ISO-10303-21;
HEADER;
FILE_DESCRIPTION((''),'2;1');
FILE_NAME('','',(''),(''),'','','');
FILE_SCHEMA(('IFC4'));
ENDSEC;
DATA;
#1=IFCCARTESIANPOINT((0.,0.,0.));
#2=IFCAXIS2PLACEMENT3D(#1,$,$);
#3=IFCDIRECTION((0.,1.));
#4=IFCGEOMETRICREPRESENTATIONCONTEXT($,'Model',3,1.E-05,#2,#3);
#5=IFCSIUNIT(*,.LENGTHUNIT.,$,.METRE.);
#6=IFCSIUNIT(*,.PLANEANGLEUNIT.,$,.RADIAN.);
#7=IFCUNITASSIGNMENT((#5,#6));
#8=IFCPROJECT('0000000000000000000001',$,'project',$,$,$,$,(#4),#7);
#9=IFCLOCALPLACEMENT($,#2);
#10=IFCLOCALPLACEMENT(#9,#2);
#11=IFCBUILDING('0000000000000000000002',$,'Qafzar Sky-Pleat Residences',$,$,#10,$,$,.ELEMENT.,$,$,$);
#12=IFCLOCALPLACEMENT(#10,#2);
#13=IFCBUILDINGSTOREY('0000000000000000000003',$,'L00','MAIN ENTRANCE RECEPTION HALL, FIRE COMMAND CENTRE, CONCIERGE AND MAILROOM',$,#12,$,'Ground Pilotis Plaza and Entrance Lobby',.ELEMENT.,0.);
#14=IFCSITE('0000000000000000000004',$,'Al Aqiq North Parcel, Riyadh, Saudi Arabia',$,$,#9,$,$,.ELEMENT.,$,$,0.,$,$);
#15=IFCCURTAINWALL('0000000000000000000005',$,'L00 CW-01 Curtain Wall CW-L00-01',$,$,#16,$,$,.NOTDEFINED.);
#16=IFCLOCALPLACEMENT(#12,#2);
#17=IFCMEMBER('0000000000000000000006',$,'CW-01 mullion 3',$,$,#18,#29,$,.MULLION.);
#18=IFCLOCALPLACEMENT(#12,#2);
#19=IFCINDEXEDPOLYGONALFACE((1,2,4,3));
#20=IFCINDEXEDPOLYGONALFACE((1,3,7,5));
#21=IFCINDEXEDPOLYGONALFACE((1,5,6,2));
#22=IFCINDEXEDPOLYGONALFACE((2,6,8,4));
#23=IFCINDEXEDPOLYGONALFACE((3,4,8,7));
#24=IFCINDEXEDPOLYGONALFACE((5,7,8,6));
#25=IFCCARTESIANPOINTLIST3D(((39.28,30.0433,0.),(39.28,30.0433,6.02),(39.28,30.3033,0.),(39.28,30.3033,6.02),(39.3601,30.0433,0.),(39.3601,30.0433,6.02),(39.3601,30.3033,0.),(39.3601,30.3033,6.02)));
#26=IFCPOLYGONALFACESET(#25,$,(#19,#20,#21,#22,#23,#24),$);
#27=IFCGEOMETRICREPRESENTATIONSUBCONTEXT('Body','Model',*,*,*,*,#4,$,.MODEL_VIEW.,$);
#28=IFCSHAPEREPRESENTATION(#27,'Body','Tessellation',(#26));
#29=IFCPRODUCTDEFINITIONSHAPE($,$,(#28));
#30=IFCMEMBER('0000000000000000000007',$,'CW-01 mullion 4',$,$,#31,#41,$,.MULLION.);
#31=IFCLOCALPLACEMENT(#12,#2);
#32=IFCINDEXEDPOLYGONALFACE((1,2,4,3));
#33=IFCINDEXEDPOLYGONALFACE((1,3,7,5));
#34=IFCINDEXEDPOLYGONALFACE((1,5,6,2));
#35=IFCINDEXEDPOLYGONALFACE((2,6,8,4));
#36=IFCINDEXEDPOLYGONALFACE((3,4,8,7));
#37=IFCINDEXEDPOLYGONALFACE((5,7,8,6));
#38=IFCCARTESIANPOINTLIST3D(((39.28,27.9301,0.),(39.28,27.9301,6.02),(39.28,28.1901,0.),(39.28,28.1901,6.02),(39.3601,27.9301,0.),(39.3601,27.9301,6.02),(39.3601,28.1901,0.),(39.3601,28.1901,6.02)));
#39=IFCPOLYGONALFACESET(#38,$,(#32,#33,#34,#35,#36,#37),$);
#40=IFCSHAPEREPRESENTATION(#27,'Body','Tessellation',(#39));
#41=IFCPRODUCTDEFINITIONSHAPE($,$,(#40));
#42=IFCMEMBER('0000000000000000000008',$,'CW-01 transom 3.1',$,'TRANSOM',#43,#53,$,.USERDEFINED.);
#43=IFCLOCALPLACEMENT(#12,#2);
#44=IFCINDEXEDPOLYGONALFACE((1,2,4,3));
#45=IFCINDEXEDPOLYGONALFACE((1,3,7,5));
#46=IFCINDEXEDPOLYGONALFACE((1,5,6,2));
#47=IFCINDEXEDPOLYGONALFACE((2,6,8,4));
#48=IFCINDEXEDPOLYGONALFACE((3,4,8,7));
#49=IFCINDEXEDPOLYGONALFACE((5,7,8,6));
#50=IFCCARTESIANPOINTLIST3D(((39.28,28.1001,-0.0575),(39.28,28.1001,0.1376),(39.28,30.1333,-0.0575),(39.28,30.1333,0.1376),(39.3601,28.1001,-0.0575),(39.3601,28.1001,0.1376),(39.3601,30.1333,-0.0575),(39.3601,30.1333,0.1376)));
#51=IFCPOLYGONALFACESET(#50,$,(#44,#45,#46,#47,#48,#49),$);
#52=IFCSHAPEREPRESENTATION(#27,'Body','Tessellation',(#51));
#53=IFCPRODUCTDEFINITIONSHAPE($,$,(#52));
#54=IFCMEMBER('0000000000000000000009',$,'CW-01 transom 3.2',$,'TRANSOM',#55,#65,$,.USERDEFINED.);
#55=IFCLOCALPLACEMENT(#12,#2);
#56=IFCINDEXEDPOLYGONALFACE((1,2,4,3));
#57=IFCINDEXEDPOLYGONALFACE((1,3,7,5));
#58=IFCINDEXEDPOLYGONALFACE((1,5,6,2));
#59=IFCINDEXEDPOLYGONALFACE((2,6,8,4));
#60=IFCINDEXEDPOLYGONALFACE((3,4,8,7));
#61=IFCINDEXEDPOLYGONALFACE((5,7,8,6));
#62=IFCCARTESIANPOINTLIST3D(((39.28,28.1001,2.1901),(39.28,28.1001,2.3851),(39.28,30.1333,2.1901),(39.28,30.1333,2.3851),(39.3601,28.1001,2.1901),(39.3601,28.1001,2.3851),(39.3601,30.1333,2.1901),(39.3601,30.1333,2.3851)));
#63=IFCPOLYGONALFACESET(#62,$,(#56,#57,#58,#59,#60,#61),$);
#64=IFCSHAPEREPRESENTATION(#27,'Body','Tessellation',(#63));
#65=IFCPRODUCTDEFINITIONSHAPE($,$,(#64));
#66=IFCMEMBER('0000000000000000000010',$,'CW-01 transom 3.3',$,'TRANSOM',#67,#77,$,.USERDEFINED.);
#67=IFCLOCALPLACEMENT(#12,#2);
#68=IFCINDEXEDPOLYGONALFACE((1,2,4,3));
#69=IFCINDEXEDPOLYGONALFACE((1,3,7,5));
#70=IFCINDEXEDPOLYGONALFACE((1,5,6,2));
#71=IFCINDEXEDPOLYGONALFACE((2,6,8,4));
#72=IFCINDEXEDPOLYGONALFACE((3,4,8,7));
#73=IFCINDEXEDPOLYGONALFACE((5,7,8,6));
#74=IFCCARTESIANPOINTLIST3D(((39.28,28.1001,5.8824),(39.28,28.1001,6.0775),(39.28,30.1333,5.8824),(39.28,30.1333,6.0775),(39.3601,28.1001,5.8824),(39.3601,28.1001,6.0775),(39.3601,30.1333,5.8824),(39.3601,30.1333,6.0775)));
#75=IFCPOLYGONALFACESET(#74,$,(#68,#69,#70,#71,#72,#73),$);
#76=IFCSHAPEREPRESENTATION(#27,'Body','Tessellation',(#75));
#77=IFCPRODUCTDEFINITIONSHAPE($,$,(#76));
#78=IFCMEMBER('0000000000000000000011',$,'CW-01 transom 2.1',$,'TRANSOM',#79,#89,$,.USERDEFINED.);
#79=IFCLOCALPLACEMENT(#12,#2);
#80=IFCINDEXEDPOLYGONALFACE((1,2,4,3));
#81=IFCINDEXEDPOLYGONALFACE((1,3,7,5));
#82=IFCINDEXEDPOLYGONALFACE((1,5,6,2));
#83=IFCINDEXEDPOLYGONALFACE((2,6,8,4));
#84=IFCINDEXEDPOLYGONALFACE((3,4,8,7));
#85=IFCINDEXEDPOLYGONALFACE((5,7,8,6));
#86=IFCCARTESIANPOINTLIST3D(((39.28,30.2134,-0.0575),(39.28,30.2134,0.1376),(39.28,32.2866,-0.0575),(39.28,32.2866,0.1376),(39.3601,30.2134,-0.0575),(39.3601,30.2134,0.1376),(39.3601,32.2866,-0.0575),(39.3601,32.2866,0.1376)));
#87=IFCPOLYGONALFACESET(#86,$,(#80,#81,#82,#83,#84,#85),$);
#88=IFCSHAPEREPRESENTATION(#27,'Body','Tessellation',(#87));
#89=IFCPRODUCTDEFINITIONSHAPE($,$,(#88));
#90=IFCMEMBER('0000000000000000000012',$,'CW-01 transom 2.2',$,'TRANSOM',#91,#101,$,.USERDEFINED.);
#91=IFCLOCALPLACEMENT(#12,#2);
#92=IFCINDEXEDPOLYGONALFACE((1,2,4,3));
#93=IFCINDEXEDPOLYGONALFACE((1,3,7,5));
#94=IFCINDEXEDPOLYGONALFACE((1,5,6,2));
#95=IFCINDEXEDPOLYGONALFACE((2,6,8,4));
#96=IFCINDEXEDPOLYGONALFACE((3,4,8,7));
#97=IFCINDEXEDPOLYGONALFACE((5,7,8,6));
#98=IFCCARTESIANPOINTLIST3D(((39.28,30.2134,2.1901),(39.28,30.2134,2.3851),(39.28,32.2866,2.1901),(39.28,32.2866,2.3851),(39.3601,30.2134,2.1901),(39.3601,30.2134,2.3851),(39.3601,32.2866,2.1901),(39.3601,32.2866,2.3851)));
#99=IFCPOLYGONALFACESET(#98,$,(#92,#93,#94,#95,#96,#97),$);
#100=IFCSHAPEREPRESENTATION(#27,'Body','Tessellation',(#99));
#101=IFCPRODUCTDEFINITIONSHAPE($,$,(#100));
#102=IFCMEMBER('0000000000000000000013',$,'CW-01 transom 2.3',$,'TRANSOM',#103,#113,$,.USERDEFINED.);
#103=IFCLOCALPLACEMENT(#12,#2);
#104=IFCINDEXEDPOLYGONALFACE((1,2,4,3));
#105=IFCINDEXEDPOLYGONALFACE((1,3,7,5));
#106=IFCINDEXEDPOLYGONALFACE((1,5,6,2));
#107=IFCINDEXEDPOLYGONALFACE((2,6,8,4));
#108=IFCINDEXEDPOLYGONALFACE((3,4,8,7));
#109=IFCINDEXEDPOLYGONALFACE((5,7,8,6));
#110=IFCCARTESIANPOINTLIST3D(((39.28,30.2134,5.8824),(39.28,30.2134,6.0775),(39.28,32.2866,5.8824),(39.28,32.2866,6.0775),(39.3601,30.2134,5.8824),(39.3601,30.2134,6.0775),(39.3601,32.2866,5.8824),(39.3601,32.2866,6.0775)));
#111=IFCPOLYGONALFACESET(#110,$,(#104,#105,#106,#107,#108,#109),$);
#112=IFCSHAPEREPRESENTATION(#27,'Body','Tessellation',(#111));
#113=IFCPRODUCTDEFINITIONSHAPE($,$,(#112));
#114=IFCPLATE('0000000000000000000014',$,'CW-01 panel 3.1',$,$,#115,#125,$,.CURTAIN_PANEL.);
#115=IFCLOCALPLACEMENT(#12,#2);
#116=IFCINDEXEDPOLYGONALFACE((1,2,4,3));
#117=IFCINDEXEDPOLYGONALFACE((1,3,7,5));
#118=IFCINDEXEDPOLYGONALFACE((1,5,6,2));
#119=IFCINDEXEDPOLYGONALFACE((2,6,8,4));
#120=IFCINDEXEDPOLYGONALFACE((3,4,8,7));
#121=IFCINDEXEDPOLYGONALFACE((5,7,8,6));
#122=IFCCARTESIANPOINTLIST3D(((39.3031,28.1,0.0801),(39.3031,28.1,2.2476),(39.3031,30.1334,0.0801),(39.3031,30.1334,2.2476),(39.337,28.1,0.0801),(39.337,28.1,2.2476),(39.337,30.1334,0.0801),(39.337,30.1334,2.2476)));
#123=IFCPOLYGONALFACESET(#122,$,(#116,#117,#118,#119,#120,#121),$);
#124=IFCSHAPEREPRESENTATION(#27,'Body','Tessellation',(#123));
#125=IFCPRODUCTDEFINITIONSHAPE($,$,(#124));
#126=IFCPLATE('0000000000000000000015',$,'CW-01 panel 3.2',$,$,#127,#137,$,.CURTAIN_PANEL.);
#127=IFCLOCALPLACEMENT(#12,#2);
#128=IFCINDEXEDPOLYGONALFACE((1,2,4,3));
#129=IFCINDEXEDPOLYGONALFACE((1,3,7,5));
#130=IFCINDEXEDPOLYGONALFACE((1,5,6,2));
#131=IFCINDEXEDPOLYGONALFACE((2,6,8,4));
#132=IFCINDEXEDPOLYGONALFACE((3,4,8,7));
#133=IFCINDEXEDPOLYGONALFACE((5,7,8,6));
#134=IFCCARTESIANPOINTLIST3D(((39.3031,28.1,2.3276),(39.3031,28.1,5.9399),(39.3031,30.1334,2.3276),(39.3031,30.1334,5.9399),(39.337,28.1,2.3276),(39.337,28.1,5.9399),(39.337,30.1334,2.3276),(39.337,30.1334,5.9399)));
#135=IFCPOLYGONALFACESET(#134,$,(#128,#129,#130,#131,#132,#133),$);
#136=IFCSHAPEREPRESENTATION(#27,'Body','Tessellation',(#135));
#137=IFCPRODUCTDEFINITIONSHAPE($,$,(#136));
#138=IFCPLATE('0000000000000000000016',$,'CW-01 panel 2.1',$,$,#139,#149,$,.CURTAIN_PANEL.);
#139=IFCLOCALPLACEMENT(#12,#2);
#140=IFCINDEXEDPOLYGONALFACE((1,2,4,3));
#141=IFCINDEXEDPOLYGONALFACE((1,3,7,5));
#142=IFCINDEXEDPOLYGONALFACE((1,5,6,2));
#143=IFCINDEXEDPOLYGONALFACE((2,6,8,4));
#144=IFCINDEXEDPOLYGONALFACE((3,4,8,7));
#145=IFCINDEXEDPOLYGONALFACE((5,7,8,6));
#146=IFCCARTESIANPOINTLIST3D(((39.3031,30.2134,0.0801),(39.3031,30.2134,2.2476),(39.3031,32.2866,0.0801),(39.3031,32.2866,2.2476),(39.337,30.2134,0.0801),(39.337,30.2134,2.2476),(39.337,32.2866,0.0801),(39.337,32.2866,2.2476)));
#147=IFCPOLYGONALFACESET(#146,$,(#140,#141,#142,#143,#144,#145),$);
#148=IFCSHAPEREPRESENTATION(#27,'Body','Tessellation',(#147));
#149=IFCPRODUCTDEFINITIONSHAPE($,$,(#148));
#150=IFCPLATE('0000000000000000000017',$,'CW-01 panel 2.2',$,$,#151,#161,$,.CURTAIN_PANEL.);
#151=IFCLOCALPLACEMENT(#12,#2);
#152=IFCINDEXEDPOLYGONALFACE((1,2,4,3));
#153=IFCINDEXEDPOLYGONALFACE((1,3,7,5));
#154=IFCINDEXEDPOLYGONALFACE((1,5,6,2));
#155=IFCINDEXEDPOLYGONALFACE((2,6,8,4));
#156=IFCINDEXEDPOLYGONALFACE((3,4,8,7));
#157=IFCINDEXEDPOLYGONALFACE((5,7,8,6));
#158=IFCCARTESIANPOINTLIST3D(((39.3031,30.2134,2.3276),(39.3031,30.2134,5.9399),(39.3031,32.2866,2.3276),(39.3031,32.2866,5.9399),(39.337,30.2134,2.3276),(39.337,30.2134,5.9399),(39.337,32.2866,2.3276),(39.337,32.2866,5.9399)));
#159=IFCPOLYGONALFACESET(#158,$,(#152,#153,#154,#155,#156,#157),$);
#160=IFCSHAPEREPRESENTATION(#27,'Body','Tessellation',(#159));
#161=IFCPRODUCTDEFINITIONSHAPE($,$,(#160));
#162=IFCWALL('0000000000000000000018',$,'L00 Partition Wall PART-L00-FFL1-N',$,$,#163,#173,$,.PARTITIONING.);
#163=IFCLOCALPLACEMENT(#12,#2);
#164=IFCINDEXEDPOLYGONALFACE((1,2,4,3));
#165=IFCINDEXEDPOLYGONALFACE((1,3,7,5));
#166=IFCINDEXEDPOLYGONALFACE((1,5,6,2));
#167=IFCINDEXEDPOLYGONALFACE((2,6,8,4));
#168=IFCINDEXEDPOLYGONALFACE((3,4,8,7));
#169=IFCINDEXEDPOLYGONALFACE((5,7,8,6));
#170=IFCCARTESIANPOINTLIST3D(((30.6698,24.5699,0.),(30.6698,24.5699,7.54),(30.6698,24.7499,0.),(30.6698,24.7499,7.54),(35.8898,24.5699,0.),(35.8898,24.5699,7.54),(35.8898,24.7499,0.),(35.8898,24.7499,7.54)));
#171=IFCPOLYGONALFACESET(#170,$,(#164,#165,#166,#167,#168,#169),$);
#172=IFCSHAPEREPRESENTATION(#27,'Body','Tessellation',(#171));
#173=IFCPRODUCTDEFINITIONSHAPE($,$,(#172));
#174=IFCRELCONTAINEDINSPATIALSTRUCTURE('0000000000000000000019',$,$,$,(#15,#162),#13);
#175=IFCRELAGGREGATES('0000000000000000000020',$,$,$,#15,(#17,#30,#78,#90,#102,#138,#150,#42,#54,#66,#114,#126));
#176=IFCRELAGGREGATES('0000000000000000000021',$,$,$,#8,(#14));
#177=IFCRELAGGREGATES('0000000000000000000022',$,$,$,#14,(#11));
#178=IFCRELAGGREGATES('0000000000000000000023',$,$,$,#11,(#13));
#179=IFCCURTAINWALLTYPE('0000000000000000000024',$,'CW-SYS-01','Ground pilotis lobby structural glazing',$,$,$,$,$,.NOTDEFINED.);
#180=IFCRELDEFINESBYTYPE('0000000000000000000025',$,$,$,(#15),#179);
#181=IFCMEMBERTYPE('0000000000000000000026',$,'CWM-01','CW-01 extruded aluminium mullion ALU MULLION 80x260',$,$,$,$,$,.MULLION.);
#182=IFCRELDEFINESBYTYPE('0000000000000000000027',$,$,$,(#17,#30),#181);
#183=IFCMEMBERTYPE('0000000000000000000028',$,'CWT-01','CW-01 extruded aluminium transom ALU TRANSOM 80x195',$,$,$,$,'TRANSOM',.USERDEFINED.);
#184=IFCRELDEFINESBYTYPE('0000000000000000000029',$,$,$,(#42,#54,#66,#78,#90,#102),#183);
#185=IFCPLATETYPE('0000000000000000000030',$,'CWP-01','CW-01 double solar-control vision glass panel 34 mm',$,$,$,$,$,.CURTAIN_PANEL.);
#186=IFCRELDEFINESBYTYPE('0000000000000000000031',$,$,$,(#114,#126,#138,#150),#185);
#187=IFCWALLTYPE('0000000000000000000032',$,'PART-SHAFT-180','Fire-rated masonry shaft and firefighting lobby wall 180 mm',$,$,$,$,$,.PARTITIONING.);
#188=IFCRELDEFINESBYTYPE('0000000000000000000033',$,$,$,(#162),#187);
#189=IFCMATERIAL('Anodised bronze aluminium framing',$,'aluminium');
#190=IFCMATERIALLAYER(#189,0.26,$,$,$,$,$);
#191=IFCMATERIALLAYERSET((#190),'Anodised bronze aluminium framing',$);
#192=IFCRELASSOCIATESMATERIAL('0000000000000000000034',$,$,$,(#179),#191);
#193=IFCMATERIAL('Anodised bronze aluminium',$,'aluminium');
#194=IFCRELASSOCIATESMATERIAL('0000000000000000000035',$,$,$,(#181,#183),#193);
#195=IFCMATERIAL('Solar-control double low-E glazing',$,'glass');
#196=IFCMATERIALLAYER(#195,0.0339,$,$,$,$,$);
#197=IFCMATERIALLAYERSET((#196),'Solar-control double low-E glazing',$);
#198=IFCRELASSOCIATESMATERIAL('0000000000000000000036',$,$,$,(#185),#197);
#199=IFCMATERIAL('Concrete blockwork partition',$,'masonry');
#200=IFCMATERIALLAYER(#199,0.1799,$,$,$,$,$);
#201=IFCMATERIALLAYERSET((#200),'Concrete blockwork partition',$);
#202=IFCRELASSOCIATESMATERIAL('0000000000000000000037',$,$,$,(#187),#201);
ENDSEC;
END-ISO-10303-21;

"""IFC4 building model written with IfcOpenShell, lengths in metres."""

from ifc_helpers import new_model, si_unit, direction, frame, frame_2d, origin, origin_2d, place, context, subcontext, project, spatial, rectangle, extrude, source, transform, mapped, material, layer, layer_set, material_profile, profile_set, type_object, element, aggregate, save


model = new_model("IFC4")

# Units and contexts
model_context = context("Model", 3, precision=1e-05, world=origin(), true_north=direction((0.0, 1.0)))
body_context = subcontext(model_context, "Body", "Model", "MODEL_VIEW")
ifc_project = project(units=[si_unit("LENGTHUNIT", "METRE"), si_unit("PLANEANGLEUNIT", "RADIAN")], contexts=[model_context])

# Site, building, storey
site_placement = place(None, origin())
site = spatial("IfcSite", under=ifc_project, at=site_placement, Name="Al Aqiq North Parcel, Riyadh, Saudi Arabia", CompositionType="ELEMENT", RefElevation=0.0)
building_placement = place(site_placement, origin())
building = spatial("IfcBuilding", under=site, at=building_placement, Name="Qafzar Sky-Pleat Residences", CompositionType="ELEMENT")
storey_placement = place(building_placement, origin())
storey = spatial("IfcBuildingStorey", under=building, at=storey_placement, Name="L00", Description="MAIN ENTRANCE RECEPTION HALL, FIRE COMMAND CENTRE, CONCIERGE AND MAILROOM", LongName="Ground Pilotis Plaza and Entrance Lobby", CompositionType="ELEMENT", Elevation=0.0)

# Curtain wall, members, plates
ifc_material_1 = material(Name="Anodised bronze aluminium framing", Category="aluminium")
ifc_layer_1 = layer(ifc_material_1, 0.26)
ifc_layer_set_1 = layer_set([ifc_layer_1], Name="Anodised bronze aluminium framing")
curtain_wall_type = type_object("IfcCurtainWallType", Name="CW-SYS-01", Description="Ground pilotis lobby structural glazing", PredefinedType="NOTDEFINED", material=ifc_layer_set_1)
curtain_wall_placement = place(storey_placement, origin())
curtain_wall = element("IfcCurtainWall", 1, at=curtain_wall_placement, inside=storey, type_object=curtain_wall_type, Name="L00 CW-01 Curtain Wall CW-L00-01", PredefinedType="NOTDEFINED")
ifc_material_2 = material(Name="Anodised bronze aluminium", Category="aluminium")
ifc_material_profile_1 = material_profile(ifc_material_2, rectangle(XDim=0.0801, YDim=0.26, at=origin_2d()), Name="ALU MULLION 80x260")
ifc_profile_set_1 = profile_set([ifc_material_profile_1], Name="Anodised bronze aluminium")
member_type_1 = type_object("IfcMemberType", Name="CWM-01", Description="CW-01 extruded aluminium mullion ALU MULLION 80x260", PredefinedType="MULLION", material=ifc_profile_set_1)
shared_shape_1 = source(origin(), body_context, "Body", "SweptSolid", [
    extrude(rectangle(XDim=0.0801, YDim=0.26, at=origin_2d()), origin(), (0.0, 0.0, 1.0), 6.02),
])
member_1_placement = place(storey_placement, frame((39.3201, 30.1733, 0.0), z_axis=(0.0, 0.0, 1.0), x_axis=(1.0, 0.0, 0.0)))
member_1 = element("IfcMember", 2, at=member_1_placement, type_object=member_type_1, Name="CW-01 mullion 3", PredefinedType="MULLION", context=body_context, shape_type="MappedRepresentation", body=[
    mapped(shared_shape_1, transform((0.0, 0.0, 0.0), x_axis=(1.0, 0.0, 0.0), y_axis=(0.0, 1.0, 0.0), z_axis=(0.0, 0.0, 1.0), scale=1.0)),
])
member_2_placement = place(storey_placement, frame((39.3201, 28.0601, 0.0), z_axis=(0.0, 0.0, 1.0), x_axis=(1.0, 0.0, 0.0)))
member_2 = element("IfcMember", 3, at=member_2_placement, type_object=member_type_1, Name="CW-01 mullion 4", PredefinedType="MULLION", context=body_context, shape_type="MappedRepresentation", body=[
    mapped(shared_shape_1, transform((0.0, 0.0, 0.0), x_axis=(1.0, 0.0, 0.0), y_axis=(0.0, 1.0, 0.0), z_axis=(0.0, 0.0, 1.0), scale=1.0)),
])
ifc_material_profile_2 = material_profile(ifc_material_2, rectangle(XDim=0.0801, YDim=0.1951, at=origin_2d()), Name="ALU TRANSOM 80x195")
ifc_profile_set_2 = profile_set([ifc_material_profile_2], Name="Anodised bronze aluminium")
member_type_2 = type_object("IfcMemberType", Name="CWT-01", Description="CW-01 extruded aluminium transom ALU TRANSOM 80x195", ElementType="TRANSOM", PredefinedType="USERDEFINED", material=ifc_profile_set_2)
shared_shape_2 = source(origin(), body_context, "Body", "SweptSolid", [
    extrude(rectangle(XDim=0.0801, YDim=0.1951, at=origin_2d()), origin(), (0.0, 0.0, 1.0), 2.0332),
])
member_3_placement = place(storey_placement, frame((39.3201, 30.1333, 0.04), z_axis=(0.0, -1.0, 0.0), x_axis=(1.0, 0.0, 0.0)))
member_3 = element("IfcMember", 4, at=member_3_placement, type_object=member_type_2, Name="CW-01 transom 3.1", ObjectType="TRANSOM", PredefinedType="USERDEFINED", context=body_context, shape_type="MappedRepresentation", body=[
    mapped(shared_shape_2, transform((0.0, 0.0, 0.0), x_axis=(1.0, 0.0, 0.0), y_axis=(0.0, 1.0, 0.0), z_axis=(0.0, 0.0, 1.0), scale=1.0)),
])
member_4_placement = place(storey_placement, frame((39.3201, 30.1333, 2.2876), z_axis=(0.0, -1.0, 0.0), x_axis=(1.0, 0.0, 0.0)))
member_4 = element("IfcMember", 5, at=member_4_placement, type_object=member_type_2, Name="CW-01 transom 3.2", ObjectType="TRANSOM", PredefinedType="USERDEFINED", context=body_context, shape_type="MappedRepresentation", body=[
    mapped(shared_shape_2, transform((0.0, 0.0, 0.0), x_axis=(1.0, 0.0, 0.0), y_axis=(0.0, 1.0, 0.0), z_axis=(0.0, 0.0, 1.0), scale=1.0)),
])
member_5_placement = place(storey_placement, frame((39.3201, 30.1333, 5.98), z_axis=(0.0, -1.0, 0.0), x_axis=(1.0, 0.0, 0.0)))
member_5 = element("IfcMember", 6, at=member_5_placement, type_object=member_type_2, Name="CW-01 transom 3.3", ObjectType="TRANSOM", PredefinedType="USERDEFINED", context=body_context, shape_type="MappedRepresentation", body=[
    mapped(shared_shape_2, transform((0.0, 0.0, 0.0), x_axis=(1.0, 0.0, 0.0), y_axis=(0.0, 1.0, 0.0), z_axis=(0.0, 0.0, 1.0), scale=1.0)),
])
shared_shape_3 = source(origin(), body_context, "Body", "SweptSolid", [
    extrude(rectangle(XDim=0.0801, YDim=0.1951, at=origin_2d()), origin(), (0.0, 0.0, 1.0), 2.0732),
])
member_6_placement = place(storey_placement, frame((39.3201, 32.2866, 0.04), z_axis=(0.0, -1.0, 0.0), x_axis=(1.0, 0.0, 0.0)))
member_6 = element("IfcMember", 7, at=member_6_placement, type_object=member_type_2, Name="CW-01 transom 2.1", ObjectType="TRANSOM", PredefinedType="USERDEFINED", context=body_context, shape_type="MappedRepresentation", body=[
    mapped(shared_shape_3, transform((0.0, 0.0, 0.0), x_axis=(1.0, 0.0, 0.0), y_axis=(0.0, 1.0, 0.0), z_axis=(0.0, 0.0, 1.0), scale=1.0)),
])
member_7_placement = place(storey_placement, frame((39.3201, 32.2866, 2.2876), z_axis=(0.0, -1.0, 0.0), x_axis=(1.0, 0.0, 0.0)))
member_7 = element("IfcMember", 8, at=member_7_placement, type_object=member_type_2, Name="CW-01 transom 2.2", ObjectType="TRANSOM", PredefinedType="USERDEFINED", context=body_context, shape_type="MappedRepresentation", body=[
    mapped(shared_shape_3, transform((0.0, 0.0, 0.0), x_axis=(1.0, 0.0, 0.0), y_axis=(0.0, 1.0, 0.0), z_axis=(0.0, 0.0, 1.0), scale=1.0)),
])
member_8_placement = place(storey_placement, frame((39.3201, 32.2866, 5.98), z_axis=(0.0, -1.0, 0.0), x_axis=(1.0, 0.0, 0.0)))
member_8 = element("IfcMember", 9, at=member_8_placement, type_object=member_type_2, Name="CW-01 transom 2.3", ObjectType="TRANSOM", PredefinedType="USERDEFINED", context=body_context, shape_type="MappedRepresentation", body=[
    mapped(shared_shape_3, transform((0.0, 0.0, 0.0), x_axis=(1.0, 0.0, 0.0), y_axis=(0.0, 1.0, 0.0), z_axis=(0.0, 0.0, 1.0), scale=1.0)),
])
ifc_material_3 = material(Name="Solar-control double low-E glazing", Category="glass")
ifc_layer_2 = layer(ifc_material_3, 0.0339)
ifc_layer_set_2 = layer_set([ifc_layer_2], Name="Solar-control double low-E glazing")
plate_type = type_object("IfcPlateType", Name="CWP-01", Description="CW-01 double solar-control vision glass panel 34 mm", PredefinedType="CURTAIN_PANEL", material=ifc_layer_set_2)
shared_shape_4 = source(origin(), body_context, "Body", "SweptSolid", [
    extrude(rectangle(XDim=2.0334, YDim=0.0339, at=origin_2d()), origin(), (0.0, 0.0, 1.0), 2.1675),
])
plate_1_placement = place(storey_placement, frame((39.3201, 29.1167, 0.0801), z_axis=(0.0, 0.0, 1.0), x_axis=(0.0, -1.0, 0.0)))
plate_1 = element("IfcPlate", 10, at=plate_1_placement, type_object=plate_type, Name="CW-01 panel 3.1", PredefinedType="CURTAIN_PANEL", context=body_context, shape_type="MappedRepresentation", body=[
    mapped(shared_shape_4, transform((0.0, 0.0, 0.0), x_axis=(1.0, 0.0, 0.0), y_axis=(0.0, 1.0, 0.0), z_axis=(0.0, 0.0, 1.0), scale=1.0)),
])
shared_shape_5 = source(origin(), body_context, "Body", "SweptSolid", [
    extrude(rectangle(XDim=2.0334, YDim=0.0339, at=origin_2d()), origin(), (0.0, 0.0, 1.0), 3.6123),
])
plate_2_placement = place(storey_placement, frame((39.3201, 29.1167, 2.3276), z_axis=(0.0, 0.0, 1.0), x_axis=(0.0, -1.0, 0.0)))
plate_2 = element("IfcPlate", 11, at=plate_2_placement, type_object=plate_type, Name="CW-01 panel 3.2", PredefinedType="CURTAIN_PANEL", context=body_context, shape_type="MappedRepresentation", body=[
    mapped(shared_shape_5, transform((0.0, 0.0, 0.0), x_axis=(1.0, 0.0, 0.0), y_axis=(0.0, 1.0, 0.0), z_axis=(0.0, 0.0, 1.0), scale=1.0)),
])
shared_shape_6 = source(origin(), body_context, "Body", "SweptSolid", [
    extrude(rectangle(XDim=2.0732, YDim=0.0339, at=origin_2d()), origin(), (0.0, 0.0, 1.0), 2.1675),
])
plate_3_placement = place(storey_placement, frame((39.3201, 31.25, 0.0801), z_axis=(0.0, 0.0, 1.0), x_axis=(0.0, -1.0, 0.0)))
plate_3 = element("IfcPlate", 12, at=plate_3_placement, type_object=plate_type, Name="CW-01 panel 2.1", PredefinedType="CURTAIN_PANEL", context=body_context, shape_type="MappedRepresentation", body=[
    mapped(shared_shape_6, transform((0.0, 0.0, 0.0), x_axis=(1.0, 0.0, 0.0), y_axis=(0.0, 1.0, 0.0), z_axis=(0.0, 0.0, 1.0), scale=1.0)),
])
shared_shape_7 = source(origin(), body_context, "Body", "SweptSolid", [
    extrude(rectangle(XDim=2.0732, YDim=0.0339, at=origin_2d()), origin(), (0.0, 0.0, 1.0), 3.6123),
])
plate_4_placement = place(storey_placement, frame((39.3201, 31.25, 2.3276), z_axis=(0.0, 0.0, 1.0), x_axis=(0.0, -1.0, 0.0)))
plate_4 = element("IfcPlate", 13, at=plate_4_placement, type_object=plate_type, Name="CW-01 panel 2.2", PredefinedType="CURTAIN_PANEL", context=body_context, shape_type="MappedRepresentation", body=[
    mapped(shared_shape_7, transform((0.0, 0.0, 0.0), x_axis=(1.0, 0.0, 0.0), y_axis=(0.0, 1.0, 0.0), z_axis=(0.0, 0.0, 1.0), scale=1.0)),
])
aggregate(curtain_wall, [member_1, member_2, member_6, member_7, member_8, plate_3, plate_4, member_3, member_4, member_5, plate_1, plate_2])

# Wall
ifc_material_4 = material(Name="Concrete blockwork partition", Category="masonry")
ifc_layer_3 = layer(ifc_material_4, 0.1799)
ifc_layer_set_3 = layer_set([ifc_layer_3], Name="Concrete blockwork partition")
wall_type_1 = type_object("IfcWallType", Name="PART-SHAFT-180", Description="Fire-rated masonry shaft and firefighting lobby wall 180 mm", PredefinedType="PARTITIONING", material=ifc_layer_set_3)
wall_1_placement = place(storey_placement, frame((30.6699, 24.6599, 0.0), z_axis=(0.0, 0.0, 1.0), x_axis=(1.0, 0.0, 0.0)))
element("IfcWall", 14, at=wall_1_placement, inside=storey, type_object=wall_type_1, Name="L00 Partition Wall PART-L00-FFL1-N", PredefinedType="PARTITIONING", context=body_context, shape_type="SweptSolid", body=[
    extrude(rectangle(XDim=5.22, YDim=0.1799, at=frame_2d((2.6099, 0.0))), origin(), (0.0, 0.0, 1.0), 7.54),
])

save(model, "model.ifc")
